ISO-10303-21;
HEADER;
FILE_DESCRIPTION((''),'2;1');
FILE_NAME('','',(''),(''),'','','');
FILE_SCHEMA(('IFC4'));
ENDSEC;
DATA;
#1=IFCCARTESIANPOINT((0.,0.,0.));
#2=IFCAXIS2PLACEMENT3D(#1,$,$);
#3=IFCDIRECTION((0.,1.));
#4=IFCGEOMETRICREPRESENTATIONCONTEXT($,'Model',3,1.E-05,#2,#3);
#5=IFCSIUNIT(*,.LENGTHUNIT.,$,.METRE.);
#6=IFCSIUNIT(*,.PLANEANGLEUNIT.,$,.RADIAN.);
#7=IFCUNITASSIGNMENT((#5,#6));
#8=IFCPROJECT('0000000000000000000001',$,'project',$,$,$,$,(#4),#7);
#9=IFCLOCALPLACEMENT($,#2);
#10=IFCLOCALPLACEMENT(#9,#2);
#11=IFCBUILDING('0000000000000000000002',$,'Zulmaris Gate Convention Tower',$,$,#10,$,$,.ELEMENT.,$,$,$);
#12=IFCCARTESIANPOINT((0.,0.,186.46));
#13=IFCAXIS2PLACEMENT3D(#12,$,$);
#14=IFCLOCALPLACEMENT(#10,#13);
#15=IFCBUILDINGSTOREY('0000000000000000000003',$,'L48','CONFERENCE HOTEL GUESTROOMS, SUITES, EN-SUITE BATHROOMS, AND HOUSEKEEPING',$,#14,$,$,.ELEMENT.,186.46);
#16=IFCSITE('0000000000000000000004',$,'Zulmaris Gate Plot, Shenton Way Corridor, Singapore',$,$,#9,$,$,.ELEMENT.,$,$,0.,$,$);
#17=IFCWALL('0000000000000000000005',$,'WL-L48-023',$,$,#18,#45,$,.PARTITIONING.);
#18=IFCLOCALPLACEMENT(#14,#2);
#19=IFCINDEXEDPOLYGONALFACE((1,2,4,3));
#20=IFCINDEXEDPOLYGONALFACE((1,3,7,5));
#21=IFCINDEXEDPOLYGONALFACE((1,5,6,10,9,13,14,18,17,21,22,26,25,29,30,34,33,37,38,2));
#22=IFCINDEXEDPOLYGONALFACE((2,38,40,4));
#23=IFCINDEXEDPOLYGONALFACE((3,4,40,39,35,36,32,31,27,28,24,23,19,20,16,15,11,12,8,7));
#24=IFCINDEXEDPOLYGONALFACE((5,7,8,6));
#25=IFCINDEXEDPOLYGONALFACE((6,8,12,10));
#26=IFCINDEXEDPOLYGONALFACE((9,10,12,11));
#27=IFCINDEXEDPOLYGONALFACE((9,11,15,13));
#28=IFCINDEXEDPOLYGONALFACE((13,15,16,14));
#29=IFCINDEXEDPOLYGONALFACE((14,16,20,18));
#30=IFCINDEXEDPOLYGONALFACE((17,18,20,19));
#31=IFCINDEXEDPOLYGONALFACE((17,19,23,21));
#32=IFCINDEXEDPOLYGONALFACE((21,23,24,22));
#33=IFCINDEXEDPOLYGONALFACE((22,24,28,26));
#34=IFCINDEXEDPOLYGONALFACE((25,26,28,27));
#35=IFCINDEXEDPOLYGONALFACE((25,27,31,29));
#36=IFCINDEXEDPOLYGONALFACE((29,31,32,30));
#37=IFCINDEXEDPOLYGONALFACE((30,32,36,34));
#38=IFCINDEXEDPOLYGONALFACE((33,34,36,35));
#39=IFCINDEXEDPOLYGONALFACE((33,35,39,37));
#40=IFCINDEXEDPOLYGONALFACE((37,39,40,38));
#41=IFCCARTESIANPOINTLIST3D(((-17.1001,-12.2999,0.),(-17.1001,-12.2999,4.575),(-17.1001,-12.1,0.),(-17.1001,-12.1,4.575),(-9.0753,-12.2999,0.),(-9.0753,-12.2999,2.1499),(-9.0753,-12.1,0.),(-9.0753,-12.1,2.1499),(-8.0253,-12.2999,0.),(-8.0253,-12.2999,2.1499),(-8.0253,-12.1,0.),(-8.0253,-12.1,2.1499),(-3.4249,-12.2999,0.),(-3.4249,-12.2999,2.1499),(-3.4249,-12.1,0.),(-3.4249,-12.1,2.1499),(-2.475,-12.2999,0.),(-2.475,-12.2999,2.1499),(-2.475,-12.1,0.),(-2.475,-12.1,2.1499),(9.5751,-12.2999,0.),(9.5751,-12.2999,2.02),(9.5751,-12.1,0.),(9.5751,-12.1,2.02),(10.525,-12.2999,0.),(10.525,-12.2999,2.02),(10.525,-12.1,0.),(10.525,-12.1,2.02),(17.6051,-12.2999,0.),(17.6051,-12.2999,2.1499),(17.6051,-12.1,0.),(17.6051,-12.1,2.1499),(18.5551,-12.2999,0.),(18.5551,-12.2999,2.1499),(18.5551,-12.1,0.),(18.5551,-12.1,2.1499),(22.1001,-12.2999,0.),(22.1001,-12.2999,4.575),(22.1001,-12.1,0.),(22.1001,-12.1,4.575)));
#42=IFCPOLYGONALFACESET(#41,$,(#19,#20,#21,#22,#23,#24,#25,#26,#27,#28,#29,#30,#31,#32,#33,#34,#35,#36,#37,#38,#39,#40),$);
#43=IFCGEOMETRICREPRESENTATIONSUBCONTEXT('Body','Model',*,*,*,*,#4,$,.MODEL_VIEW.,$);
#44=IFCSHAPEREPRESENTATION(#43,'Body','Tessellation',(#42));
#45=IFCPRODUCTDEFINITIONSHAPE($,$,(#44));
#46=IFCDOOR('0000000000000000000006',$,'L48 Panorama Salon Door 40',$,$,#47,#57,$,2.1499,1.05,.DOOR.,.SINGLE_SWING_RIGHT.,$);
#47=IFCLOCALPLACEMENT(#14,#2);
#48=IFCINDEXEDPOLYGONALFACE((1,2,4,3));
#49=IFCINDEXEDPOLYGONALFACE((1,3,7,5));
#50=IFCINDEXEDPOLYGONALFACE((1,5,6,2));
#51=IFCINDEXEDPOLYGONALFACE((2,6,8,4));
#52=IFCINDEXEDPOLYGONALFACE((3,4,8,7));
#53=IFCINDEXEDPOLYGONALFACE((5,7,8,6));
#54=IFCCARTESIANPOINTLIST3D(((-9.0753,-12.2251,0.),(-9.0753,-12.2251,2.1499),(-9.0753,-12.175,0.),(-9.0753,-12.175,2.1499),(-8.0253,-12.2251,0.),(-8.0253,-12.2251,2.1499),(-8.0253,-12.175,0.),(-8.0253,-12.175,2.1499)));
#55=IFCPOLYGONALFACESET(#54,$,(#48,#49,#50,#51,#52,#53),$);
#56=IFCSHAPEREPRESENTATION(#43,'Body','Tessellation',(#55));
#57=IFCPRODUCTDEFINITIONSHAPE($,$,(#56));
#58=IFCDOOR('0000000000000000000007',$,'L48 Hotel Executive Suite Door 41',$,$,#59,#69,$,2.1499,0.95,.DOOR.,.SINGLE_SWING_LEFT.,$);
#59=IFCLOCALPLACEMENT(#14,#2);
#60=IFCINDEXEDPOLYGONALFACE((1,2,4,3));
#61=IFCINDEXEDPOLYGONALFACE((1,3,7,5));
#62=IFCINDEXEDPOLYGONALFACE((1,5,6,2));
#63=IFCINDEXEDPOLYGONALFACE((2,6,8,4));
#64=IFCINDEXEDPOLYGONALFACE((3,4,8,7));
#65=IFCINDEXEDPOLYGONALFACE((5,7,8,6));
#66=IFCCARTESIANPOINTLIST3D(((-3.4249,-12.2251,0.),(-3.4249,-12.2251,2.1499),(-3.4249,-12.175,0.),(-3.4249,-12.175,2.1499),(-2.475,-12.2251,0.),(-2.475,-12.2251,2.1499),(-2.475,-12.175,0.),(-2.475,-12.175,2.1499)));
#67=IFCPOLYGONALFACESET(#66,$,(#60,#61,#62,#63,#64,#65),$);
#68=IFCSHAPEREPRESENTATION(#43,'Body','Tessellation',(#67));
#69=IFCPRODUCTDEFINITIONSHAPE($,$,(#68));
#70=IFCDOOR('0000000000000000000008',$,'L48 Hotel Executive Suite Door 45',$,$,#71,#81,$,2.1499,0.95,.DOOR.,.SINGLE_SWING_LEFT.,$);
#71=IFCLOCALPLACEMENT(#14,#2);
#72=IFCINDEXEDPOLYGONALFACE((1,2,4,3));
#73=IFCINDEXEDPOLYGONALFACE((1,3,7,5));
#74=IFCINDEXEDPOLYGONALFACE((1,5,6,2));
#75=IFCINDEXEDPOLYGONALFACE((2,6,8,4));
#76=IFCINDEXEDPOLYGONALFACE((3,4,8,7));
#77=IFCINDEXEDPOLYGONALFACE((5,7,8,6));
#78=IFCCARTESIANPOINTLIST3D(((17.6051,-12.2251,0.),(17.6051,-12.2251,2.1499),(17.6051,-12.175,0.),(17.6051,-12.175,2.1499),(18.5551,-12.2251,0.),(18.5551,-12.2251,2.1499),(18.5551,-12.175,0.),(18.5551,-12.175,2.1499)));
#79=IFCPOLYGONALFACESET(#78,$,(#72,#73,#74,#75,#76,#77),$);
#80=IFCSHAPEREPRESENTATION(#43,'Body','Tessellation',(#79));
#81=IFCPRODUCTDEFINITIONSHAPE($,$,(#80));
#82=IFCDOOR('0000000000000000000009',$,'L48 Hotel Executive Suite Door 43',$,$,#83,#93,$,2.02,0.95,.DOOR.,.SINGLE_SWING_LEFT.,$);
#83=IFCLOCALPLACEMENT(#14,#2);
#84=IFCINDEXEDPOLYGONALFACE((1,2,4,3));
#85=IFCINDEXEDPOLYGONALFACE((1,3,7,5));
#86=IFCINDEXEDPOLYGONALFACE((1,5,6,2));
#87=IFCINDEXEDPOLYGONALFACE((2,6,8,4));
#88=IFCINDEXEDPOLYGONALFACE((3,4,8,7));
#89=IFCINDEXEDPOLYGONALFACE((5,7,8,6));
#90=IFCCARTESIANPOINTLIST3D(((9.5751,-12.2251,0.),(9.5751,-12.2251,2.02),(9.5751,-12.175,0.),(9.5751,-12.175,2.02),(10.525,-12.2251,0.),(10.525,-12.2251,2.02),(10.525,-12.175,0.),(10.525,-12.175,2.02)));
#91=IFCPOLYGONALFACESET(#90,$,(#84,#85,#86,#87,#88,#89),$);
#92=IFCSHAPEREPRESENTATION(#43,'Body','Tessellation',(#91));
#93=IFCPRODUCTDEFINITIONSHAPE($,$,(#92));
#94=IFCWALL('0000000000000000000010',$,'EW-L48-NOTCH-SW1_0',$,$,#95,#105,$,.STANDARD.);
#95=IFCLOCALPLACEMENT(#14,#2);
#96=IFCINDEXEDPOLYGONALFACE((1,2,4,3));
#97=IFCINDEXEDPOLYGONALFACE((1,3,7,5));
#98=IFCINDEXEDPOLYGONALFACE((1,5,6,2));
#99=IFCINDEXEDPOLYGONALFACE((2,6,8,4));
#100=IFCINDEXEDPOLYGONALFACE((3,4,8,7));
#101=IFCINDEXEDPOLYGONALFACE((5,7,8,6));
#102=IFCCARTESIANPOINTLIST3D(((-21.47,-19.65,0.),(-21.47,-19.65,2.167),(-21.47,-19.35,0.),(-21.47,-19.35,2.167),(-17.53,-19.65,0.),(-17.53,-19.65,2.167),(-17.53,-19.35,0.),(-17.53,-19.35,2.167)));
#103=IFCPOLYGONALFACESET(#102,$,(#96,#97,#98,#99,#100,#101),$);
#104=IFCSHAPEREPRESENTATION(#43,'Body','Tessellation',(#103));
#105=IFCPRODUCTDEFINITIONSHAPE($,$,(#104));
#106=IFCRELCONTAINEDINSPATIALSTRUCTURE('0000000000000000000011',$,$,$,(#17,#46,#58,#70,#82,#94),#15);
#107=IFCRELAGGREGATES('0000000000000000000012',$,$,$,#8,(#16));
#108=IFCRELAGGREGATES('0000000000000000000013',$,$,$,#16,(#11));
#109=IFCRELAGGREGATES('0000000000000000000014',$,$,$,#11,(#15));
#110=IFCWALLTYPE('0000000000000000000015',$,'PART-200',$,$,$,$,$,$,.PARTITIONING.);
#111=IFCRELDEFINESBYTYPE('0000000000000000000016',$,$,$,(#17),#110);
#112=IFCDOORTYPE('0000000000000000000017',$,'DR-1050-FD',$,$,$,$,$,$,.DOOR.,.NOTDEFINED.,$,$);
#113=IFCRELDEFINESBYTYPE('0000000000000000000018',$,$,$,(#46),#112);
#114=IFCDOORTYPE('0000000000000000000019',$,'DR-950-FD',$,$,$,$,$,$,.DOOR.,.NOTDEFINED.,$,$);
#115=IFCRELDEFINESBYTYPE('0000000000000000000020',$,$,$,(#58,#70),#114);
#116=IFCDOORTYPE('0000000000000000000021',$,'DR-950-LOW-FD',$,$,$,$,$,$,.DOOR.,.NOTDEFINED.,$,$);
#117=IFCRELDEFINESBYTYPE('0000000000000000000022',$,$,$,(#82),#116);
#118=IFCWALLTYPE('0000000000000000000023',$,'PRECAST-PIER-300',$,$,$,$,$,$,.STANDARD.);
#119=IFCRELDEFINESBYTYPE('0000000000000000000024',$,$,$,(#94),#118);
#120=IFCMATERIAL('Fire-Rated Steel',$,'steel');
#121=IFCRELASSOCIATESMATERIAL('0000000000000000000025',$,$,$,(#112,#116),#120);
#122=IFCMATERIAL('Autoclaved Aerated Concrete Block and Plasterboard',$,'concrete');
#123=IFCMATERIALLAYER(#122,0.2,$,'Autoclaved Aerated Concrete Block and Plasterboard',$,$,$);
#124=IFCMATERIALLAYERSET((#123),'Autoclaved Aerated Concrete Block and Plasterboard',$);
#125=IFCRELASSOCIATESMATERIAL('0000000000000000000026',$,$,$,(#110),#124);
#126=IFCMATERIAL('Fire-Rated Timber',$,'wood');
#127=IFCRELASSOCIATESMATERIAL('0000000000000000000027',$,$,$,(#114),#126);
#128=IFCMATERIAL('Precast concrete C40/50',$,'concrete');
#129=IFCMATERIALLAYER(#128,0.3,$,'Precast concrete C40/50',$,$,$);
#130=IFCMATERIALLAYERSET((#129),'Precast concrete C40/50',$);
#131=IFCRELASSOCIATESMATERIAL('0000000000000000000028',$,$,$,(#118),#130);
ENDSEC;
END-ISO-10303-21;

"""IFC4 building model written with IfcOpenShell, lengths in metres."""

from ifc_helpers import new_model, si_unit, direction, frame, frame_2d, origin, place, context, subcontext, project, spatial, rectangle, extrude, material, layer, layer_set, type_object, element, fill, save


model = new_model("IFC4")

# Units and contexts
model_context = context("Model", 3, precision=1e-05, world=origin(), true_north=direction((0.0, 1.0)))
body_context = subcontext(model_context, "Body", "Model", "MODEL_VIEW")
ifc_project = project(units=[si_unit("LENGTHUNIT", "METRE"), si_unit("PLANEANGLEUNIT", "RADIAN")], contexts=[model_context])

# Site, building, storey
site_placement = place(None, origin())
site = spatial("IfcSite", under=ifc_project, at=site_placement, Name="Zulmaris Gate Plot, Shenton Way Corridor, Singapore", CompositionType="ELEMENT", RefElevation=0.0)
building_placement = place(site_placement, origin())
building = spatial("IfcBuilding", under=site, at=building_placement, Name="Zulmaris Gate Convention Tower", CompositionType="ELEMENT")
storey_placement = place(building_placement, frame((0.0, 0.0, 186.46)))
storey = spatial("IfcBuildingStorey", under=building, at=storey_placement, Name="L48", Description="CONFERENCE HOTEL GUESTROOMS, SUITES, EN-SUITE BATHROOMS, AND HOUSEKEEPING", CompositionType="ELEMENT", Elevation=186.46)

# Shared definitions
ifc_material_1 = material(Name="Fire-Rated Steel", Category="steel")
door_type_1 = type_object("IfcDoorType", Name="DR-1050-FD", OperationType="NOTDEFINED", PredefinedType="DOOR", material=ifc_material_1)

# Wall, openings, doors
ifc_material_2 = material(Name="Autoclaved Aerated Concrete Block and Plasterboard", Category="concrete")
ifc_layer_1 = layer(ifc_material_2, 0.2, Name="Autoclaved Aerated Concrete Block and Plasterboard")
ifc_layer_set_1 = layer_set([ifc_layer_1], Name="Autoclaved Aerated Concrete Block and Plasterboard")
wall_type_1 = type_object("IfcWallType", Name="PART-200", PredefinedType="PARTITIONING", material=ifc_layer_set_1)
wall_1_placement = place(storey_placement, frame((-17.1001, -12.2, 0.0), z_axis=(0.0, 0.0, 1.0), x_axis=(1.0, 0.0, 0.0)))
wall_1 = element("IfcWall", 1, at=wall_1_placement, inside=storey, type_object=wall_type_1, Name="WL-L48-023", PredefinedType="PARTITIONING", context=body_context, shape_type="SweptSolid", body=[
    extrude(rectangle(XDim=39.2002, YDim=0.2, at=frame_2d((19.6001, 0.0))), origin(), (0.0, 0.0, 1.0), 4.575),
])
opening_1_placement = place(wall_1_placement, frame((8.0249, 0.0, 0.0)))
opening_1 = element("IfcOpeningElement", 2, at=opening_1_placement, cuts=wall_1, PredefinedType="OPENING", context=body_context, shape_type="SweptSolid", body=[
    extrude(rectangle(XDim=1.05, YDim=2.1499, at=frame_2d((0.5249, 1.075))), frame((0.0, 0.1099, 0.0), z_axis=(0.0, -1.0, 0.0), x_axis=(1.0, 0.0, 0.0)), (0.0, 0.0, 1.0), 0.22),
])
opening_2_placement = place(wall_1_placement, frame((13.675, 0.0, 0.0)))
opening_2 = element("IfcOpeningElement", 3, at=opening_2_placement, cuts=wall_1, PredefinedType="OPENING", context=body_context, shape_type="SweptSolid", body=[
    extrude(rectangle(XDim=0.95, YDim=2.1499, at=frame_2d((0.4751, 1.075))), frame((0.0, 0.1099, 0.0), z_axis=(0.0, -1.0, 0.0), x_axis=(1.0, 0.0, 0.0)), (0.0, 0.0, 1.0), 0.22),
])
opening_3_placement = place(wall_1_placement, frame((26.675, 0.0, 0.0)))
opening_3 = element("IfcOpeningElement", 4, at=opening_3_placement, cuts=wall_1, PredefinedType="OPENING", context=body_context, shape_type="SweptSolid", body=[
    extrude(rectangle(XDim=0.95, YDim=2.02, at=frame_2d((0.4751, 1.01))), frame((0.0, 0.1099, 0.0), z_axis=(0.0, -1.0, 0.0), x_axis=(1.0, 0.0, 0.0)), (0.0, 0.0, 1.0), 0.22),
])
opening_4_placement = place(wall_1_placement, frame((34.7051, 0.0, 0.0)))
opening_4 = element("IfcOpeningElement", 5, at=opening_4_placement, cuts=wall_1, PredefinedType="OPENING", context=body_context, shape_type="SweptSolid", body=[
    extrude(rectangle(XDim=0.95, YDim=2.1499, at=frame_2d((0.4751, 1.075))), frame((0.0, 0.1099, 0.0), z_axis=(0.0, -1.0, 0.0), x_axis=(1.0, 0.0, 0.0)), (0.0, 0.0, 1.0), 0.22),
])
door_1_placement = place(opening_1_placement, origin())
door_1 = element("IfcDoor", 6, at=door_1_placement, inside=storey, type_object=door_type_1, Name="L48 Panorama Salon Door 40", OperationType="SINGLE_SWING_RIGHT", OverallHeight=2.1499, OverallWidth=1.05, PredefinedType="DOOR", context=body_context, shape_type="SweptSolid", body=[
    extrude(rectangle(XDim=1.05, YDim=2.1499, at=frame_2d((0.5249, 1.075))), frame((0.0, 0.0249, 0.0), z_axis=(0.0, -1.0, 0.0), x_axis=(1.0, 0.0, 0.0)), (0.0, 0.0, 1.0), 0.05),
])
fill(opening_1, door_1)
ifc_material_3 = material(Name="Fire-Rated Timber", Category="wood")
door_type_2 = type_object("IfcDoorType", Name="DR-950-FD", OperationType="NOTDEFINED", PredefinedType="DOOR", material=ifc_material_3)
door_2_placement = place(opening_2_placement, origin())
door_2 = element("IfcDoor", 7, at=door_2_placement, inside=storey, type_object=door_type_2, Name="L48 Hotel Executive Suite Door 41", OperationType="SINGLE_SWING_LEFT", OverallHeight=2.1499, OverallWidth=0.95, PredefinedType="DOOR", context=body_context, shape_type="SweptSolid", body=[
    extrude(rectangle(XDim=0.95, YDim=2.1499, at=frame_2d((0.4751, 1.075))), frame((0.0, 0.0249, 0.0), z_axis=(0.0, -1.0, 0.0), x_axis=(1.0, 0.0, 0.0)), (0.0, 0.0, 1.0), 0.05),
])
fill(opening_2, door_2)
door_3_placement = place(opening_4_placement, origin())
door_3 = element("IfcDoor", 8, at=door_3_placement, inside=storey, type_object=door_type_2, Name="L48 Hotel Executive Suite Door 45", OperationType="SINGLE_SWING_LEFT", OverallHeight=2.1499, OverallWidth=0.95, PredefinedType="DOOR", context=body_context, shape_type="SweptSolid", body=[
    extrude(rectangle(XDim=0.95, YDim=2.1499, at=frame_2d((0.4751, 1.075))), frame((0.0, 0.0249, 0.0), z_axis=(0.0, -1.0, 0.0), x_axis=(1.0, 0.0, 0.0)), (0.0, 0.0, 1.0), 0.05),
])
fill(opening_4, door_3)
door_type_3 = type_object("IfcDoorType", Name="DR-950-LOW-FD", OperationType="NOTDEFINED", PredefinedType="DOOR", material=ifc_material_1)
door_4_placement = place(opening_3_placement, origin())
door_4 = element("IfcDoor", 9, at=door_4_placement, inside=storey, type_object=door_type_3, Name="L48 Hotel Executive Suite Door 43", OperationType="SINGLE_SWING_LEFT", OverallHeight=2.02, OverallWidth=0.95, PredefinedType="DOOR", context=body_context, shape_type="SweptSolid", body=[
    extrude(rectangle(XDim=0.95, YDim=2.02, at=frame_2d((0.4751, 1.01))), frame((0.0, 0.0249, 0.0), z_axis=(0.0, -1.0, 0.0), x_axis=(1.0, 0.0, 0.0)), (0.0, 0.0, 1.0), 0.05),
])
fill(opening_3, door_4)

# Wall
ifc_material_4 = material(Name="Precast concrete C40/50", Category="concrete")
ifc_layer_2 = layer(ifc_material_4, 0.3, Name="Precast concrete C40/50")
ifc_layer_set_2 = layer_set([ifc_layer_2], Name="Precast concrete C40/50")
wall_type_2 = type_object("IfcWallType", Name="PRECAST-PIER-300", PredefinedType="STANDARD", material=ifc_layer_set_2)
wall_2_placement = place(storey_placement, frame((-21.47, -19.5, 0.0), z_axis=(0.0, 0.0, 1.0), x_axis=(1.0, 0.0, 0.0)))
element("IfcWall", 10, at=wall_2_placement, inside=storey, type_object=wall_type_2, Name="EW-L48-NOTCH-SW1_0", PredefinedType="STANDARD", context=body_context, shape_type="SweptSolid", body=[
    extrude(rectangle(XDim=3.9399, YDim=0.3, at=frame_2d((1.97, 0.0))), origin(), (0.0, 0.0, 1.0), 2.167),
])

save(model, "model.ifc")
